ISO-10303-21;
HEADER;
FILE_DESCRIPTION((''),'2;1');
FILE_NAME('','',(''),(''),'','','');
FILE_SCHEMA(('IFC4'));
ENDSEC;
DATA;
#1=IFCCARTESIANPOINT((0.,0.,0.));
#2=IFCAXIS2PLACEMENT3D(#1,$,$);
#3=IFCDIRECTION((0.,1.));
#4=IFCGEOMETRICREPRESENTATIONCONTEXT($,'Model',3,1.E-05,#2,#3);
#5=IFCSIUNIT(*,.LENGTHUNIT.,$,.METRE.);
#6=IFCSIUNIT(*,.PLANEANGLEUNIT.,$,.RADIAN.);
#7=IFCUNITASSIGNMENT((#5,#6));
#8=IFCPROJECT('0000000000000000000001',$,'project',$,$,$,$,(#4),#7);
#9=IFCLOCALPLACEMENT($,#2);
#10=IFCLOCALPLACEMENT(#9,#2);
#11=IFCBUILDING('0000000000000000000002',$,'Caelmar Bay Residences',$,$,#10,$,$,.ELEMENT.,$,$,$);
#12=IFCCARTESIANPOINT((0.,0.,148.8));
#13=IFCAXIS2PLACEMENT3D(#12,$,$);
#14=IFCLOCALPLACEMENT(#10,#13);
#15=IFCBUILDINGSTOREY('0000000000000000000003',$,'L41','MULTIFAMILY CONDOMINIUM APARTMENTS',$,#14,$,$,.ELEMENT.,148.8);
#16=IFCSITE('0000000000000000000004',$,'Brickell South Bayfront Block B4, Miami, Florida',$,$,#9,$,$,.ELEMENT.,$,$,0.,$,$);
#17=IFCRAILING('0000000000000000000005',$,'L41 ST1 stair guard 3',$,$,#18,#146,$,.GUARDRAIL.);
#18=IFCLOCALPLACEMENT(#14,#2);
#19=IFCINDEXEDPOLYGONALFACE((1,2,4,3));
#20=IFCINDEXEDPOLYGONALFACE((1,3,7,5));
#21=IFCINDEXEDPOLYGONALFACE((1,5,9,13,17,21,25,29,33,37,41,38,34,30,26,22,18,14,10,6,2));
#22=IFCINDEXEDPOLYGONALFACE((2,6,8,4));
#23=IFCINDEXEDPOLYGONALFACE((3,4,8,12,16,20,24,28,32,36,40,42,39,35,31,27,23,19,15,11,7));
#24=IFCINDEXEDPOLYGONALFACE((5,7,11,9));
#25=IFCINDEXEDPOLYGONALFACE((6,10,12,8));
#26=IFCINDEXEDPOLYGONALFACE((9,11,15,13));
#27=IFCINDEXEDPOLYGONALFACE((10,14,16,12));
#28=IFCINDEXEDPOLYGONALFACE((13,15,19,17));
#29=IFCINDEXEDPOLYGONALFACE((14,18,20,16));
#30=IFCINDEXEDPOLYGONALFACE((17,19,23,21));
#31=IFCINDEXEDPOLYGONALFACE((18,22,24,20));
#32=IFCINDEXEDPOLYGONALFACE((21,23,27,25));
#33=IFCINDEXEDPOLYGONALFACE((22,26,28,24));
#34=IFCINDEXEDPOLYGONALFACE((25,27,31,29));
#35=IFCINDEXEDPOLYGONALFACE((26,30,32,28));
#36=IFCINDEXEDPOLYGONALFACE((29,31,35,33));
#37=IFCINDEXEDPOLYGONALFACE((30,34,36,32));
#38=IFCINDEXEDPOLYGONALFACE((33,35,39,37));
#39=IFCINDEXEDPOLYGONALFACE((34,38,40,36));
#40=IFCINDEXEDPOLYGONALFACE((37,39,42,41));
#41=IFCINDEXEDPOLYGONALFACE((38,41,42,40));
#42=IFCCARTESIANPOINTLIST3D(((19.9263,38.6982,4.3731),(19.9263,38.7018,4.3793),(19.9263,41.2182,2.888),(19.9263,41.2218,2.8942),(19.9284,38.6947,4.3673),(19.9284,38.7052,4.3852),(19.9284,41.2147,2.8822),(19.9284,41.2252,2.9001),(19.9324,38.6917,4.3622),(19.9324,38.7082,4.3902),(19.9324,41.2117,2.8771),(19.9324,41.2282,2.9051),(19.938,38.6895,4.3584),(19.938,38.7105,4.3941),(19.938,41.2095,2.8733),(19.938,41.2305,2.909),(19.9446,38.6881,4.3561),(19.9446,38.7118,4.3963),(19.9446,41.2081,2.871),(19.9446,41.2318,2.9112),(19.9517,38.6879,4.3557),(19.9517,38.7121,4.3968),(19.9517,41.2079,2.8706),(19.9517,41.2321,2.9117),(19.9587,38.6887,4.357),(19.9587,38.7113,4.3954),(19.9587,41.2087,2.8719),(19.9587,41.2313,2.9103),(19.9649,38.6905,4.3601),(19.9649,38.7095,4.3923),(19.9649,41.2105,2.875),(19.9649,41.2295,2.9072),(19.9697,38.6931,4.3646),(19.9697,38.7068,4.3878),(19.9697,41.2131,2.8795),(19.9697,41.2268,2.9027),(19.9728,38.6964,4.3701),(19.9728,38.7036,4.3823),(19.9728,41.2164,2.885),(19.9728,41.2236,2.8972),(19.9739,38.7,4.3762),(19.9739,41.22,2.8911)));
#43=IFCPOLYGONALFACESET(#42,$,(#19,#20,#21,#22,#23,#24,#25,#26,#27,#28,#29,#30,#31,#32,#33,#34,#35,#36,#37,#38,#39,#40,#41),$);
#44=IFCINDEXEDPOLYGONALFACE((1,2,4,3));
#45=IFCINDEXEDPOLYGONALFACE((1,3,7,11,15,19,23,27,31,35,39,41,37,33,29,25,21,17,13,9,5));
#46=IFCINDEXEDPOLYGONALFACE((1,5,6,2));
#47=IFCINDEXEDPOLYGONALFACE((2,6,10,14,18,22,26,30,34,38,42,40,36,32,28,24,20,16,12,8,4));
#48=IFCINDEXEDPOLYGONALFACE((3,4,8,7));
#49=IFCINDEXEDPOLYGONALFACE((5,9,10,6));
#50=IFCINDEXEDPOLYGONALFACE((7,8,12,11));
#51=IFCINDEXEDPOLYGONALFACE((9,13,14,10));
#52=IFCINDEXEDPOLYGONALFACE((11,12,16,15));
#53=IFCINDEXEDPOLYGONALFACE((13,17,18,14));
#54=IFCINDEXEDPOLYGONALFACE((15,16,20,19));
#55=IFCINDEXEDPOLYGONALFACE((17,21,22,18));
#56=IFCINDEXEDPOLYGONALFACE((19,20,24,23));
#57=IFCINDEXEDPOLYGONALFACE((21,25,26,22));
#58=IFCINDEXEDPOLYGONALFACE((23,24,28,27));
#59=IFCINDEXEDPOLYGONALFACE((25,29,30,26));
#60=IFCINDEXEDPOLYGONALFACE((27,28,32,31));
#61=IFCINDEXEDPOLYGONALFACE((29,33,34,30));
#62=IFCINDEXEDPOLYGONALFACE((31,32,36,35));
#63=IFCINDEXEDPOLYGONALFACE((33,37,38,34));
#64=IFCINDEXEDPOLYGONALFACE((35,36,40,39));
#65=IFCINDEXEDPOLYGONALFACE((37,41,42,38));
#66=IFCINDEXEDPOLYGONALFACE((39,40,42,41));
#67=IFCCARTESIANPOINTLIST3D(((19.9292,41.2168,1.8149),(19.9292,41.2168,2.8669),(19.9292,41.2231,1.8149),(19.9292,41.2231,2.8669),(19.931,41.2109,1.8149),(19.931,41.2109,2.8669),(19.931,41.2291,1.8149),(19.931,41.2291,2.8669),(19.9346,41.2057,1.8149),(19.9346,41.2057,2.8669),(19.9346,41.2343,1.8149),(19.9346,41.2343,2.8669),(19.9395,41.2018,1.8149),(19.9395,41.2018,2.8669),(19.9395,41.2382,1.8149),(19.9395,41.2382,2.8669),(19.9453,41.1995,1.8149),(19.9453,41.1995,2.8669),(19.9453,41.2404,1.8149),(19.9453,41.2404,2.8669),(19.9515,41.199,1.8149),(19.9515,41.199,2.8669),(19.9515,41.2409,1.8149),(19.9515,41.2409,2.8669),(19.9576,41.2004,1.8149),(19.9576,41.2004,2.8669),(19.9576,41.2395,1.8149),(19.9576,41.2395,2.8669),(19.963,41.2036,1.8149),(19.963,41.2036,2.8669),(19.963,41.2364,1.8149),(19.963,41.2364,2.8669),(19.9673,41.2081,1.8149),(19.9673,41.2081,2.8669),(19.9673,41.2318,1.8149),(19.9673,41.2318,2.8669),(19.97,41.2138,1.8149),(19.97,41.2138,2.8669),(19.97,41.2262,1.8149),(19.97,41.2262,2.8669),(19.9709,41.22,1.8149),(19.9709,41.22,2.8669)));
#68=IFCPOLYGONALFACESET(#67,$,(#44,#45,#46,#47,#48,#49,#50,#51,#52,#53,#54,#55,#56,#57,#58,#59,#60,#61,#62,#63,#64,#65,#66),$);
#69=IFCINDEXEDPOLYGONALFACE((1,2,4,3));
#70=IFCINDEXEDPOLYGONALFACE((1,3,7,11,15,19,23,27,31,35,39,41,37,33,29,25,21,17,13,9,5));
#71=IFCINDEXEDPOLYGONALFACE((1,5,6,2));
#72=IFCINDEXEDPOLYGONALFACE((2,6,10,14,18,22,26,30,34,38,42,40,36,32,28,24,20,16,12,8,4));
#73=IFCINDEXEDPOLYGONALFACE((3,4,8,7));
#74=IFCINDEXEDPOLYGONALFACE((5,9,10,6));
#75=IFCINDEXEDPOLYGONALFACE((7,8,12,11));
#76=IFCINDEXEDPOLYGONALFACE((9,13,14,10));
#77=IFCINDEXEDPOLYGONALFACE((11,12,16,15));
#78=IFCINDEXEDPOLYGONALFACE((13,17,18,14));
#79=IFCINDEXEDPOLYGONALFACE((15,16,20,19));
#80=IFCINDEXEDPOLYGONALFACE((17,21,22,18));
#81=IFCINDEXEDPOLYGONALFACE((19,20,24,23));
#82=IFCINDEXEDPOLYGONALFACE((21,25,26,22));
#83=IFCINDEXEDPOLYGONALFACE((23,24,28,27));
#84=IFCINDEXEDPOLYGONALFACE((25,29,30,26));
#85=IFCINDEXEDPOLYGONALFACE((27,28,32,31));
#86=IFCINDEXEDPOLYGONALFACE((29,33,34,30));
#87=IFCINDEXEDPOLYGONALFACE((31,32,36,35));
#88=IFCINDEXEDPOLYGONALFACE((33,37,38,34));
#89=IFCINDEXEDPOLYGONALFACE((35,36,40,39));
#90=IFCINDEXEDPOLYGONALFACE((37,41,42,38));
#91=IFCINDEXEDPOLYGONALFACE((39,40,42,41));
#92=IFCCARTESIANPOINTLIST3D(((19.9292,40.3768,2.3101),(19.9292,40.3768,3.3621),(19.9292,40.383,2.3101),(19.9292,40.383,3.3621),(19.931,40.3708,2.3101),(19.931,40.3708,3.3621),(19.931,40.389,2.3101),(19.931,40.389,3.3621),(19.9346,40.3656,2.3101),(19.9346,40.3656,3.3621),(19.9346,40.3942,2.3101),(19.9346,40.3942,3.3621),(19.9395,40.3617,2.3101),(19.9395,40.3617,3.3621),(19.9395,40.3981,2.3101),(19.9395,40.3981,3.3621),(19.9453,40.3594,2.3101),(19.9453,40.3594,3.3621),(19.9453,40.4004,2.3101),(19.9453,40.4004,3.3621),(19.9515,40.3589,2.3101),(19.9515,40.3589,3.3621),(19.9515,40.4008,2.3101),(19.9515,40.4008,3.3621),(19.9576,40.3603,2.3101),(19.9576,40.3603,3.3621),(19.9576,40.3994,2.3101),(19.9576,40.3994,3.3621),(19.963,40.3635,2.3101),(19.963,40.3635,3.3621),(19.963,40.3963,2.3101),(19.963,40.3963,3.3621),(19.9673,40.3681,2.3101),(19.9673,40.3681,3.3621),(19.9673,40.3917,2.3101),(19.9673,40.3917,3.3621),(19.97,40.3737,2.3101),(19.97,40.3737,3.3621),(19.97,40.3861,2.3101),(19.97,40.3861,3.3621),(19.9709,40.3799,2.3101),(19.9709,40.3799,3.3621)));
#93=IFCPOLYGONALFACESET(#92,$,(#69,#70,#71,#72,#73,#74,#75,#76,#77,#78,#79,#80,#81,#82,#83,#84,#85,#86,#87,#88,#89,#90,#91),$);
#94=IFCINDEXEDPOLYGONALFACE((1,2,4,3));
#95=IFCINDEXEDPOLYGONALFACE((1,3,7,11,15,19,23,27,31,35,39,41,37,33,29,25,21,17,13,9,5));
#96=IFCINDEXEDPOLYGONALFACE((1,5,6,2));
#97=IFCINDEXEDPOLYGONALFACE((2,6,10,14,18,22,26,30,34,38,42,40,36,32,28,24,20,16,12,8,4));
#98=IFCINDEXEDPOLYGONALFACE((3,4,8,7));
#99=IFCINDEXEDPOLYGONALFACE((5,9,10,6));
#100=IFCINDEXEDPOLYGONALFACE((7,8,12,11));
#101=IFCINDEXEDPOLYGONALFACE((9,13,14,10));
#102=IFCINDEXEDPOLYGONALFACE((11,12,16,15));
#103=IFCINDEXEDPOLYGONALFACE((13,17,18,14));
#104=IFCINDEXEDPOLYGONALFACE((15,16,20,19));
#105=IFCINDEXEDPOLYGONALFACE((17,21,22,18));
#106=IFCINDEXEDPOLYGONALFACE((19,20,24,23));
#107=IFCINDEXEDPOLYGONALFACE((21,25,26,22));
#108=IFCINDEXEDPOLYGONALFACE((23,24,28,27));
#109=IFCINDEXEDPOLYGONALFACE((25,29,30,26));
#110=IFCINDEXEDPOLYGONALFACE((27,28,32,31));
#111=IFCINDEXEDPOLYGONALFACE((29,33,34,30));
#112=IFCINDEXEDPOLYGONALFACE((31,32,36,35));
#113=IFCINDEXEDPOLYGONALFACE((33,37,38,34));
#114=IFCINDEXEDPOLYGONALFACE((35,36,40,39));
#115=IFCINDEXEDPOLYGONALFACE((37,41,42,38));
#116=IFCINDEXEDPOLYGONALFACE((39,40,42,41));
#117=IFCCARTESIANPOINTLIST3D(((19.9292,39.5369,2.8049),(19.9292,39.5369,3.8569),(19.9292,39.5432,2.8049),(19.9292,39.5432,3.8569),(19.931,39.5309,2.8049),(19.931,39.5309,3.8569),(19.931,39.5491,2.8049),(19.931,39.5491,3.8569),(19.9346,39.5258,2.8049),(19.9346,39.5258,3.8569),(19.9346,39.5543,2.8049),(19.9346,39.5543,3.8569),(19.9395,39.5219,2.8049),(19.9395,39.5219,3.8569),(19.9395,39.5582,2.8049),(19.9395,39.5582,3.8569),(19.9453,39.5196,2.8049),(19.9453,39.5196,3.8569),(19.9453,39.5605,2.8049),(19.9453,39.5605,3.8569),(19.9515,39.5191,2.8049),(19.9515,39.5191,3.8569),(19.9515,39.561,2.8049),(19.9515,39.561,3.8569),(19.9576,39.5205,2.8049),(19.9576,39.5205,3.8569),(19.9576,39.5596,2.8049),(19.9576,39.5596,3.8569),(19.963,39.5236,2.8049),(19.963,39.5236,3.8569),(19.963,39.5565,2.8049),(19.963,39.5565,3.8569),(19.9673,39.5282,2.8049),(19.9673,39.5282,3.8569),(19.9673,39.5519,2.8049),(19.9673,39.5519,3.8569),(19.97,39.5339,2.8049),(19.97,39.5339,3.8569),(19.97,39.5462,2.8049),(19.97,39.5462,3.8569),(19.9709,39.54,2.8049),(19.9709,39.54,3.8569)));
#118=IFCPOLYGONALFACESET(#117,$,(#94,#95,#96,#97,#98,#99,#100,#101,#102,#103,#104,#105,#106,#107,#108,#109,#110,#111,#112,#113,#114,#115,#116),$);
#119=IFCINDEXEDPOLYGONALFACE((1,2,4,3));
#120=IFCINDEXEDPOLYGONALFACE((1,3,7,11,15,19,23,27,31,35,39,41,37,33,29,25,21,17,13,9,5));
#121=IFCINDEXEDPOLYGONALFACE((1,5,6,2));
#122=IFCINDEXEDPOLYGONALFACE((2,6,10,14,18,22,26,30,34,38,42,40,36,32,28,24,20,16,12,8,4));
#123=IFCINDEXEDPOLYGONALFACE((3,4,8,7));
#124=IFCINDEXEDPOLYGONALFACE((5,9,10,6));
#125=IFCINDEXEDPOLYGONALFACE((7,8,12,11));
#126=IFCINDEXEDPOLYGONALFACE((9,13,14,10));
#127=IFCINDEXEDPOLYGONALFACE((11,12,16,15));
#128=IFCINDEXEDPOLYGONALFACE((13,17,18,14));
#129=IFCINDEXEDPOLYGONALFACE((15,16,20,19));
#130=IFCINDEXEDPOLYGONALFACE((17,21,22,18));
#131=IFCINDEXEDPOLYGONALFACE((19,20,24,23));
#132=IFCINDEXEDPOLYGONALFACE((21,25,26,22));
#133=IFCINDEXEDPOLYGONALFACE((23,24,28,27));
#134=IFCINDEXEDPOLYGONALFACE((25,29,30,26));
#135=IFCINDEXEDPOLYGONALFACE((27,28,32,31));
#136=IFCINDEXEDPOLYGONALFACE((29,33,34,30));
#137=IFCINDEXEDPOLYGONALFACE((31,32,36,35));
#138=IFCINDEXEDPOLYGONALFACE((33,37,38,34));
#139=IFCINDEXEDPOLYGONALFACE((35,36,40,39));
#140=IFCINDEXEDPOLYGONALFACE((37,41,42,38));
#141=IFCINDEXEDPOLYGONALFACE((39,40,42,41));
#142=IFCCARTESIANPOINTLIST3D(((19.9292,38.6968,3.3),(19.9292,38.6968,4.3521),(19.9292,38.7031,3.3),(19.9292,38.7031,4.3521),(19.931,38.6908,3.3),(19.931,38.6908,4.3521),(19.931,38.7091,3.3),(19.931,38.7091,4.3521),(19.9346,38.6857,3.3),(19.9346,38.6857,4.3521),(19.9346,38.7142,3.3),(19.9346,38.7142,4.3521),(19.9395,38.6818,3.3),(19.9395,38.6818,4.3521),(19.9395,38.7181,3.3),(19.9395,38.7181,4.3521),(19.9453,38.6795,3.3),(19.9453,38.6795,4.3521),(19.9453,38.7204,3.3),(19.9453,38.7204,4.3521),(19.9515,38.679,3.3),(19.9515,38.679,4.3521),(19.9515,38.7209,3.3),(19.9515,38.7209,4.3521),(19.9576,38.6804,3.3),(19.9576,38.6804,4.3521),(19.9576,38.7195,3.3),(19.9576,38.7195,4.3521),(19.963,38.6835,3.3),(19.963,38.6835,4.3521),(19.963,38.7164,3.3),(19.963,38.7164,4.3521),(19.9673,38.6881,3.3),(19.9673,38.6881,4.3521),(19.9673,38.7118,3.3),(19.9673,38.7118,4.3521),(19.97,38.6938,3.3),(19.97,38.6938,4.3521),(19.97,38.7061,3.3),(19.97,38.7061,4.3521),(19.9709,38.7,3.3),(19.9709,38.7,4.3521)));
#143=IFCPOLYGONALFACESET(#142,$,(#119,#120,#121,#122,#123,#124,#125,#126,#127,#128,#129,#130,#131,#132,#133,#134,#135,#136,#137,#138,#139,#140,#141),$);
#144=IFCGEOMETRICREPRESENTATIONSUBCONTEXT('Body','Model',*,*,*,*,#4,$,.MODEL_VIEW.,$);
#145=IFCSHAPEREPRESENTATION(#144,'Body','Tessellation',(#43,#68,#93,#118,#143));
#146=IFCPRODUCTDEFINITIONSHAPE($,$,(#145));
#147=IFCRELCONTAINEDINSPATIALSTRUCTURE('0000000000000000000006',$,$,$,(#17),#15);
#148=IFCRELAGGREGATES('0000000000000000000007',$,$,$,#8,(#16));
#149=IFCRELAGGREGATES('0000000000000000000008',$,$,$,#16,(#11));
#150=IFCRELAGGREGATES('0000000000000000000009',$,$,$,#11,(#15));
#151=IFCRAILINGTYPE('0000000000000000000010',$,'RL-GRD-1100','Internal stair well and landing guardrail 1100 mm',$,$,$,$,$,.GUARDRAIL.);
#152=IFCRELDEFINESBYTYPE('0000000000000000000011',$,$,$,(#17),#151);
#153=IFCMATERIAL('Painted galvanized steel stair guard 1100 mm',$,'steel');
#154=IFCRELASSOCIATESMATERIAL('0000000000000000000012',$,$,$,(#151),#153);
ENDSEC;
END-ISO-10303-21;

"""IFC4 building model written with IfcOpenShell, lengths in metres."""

from ifc_helpers import new_model, si_unit, direction, frame, origin, origin_2d, place, context, subcontext, project, spatial, circle, extrude, material, type_object, element, save


model = new_model("IFC4")

# Units and contexts
model_context = context("Model", 3, precision=1e-05, world=origin(), true_north=direction((0.0, 1.0)))
body_context = subcontext(model_context, "Body", "Model", "MODEL_VIEW")
ifc_project = project(units=[si_unit("LENGTHUNIT", "METRE"), si_unit("PLANEANGLEUNIT", "RADIAN")], contexts=[model_context])

# Site, building, storey
site_placement = place(None, origin())
site = spatial("IfcSite", under=ifc_project, at=site_placement, Name="Brickell South Bayfront Block B4, Miami, Florida", CompositionType="ELEMENT", RefElevation=0.0)
building_placement = place(site_placement, origin())
building = spatial("IfcBuilding", under=site, at=building_placement, Name="Caelmar Bay Residences", CompositionType="ELEMENT")
storey_placement = place(building_placement, frame((0.0, 0.0, 148.8)))
storey = spatial("IfcBuildingStorey", under=building, at=storey_placement, Name="L41", Description="MULTIFAMILY CONDOMINIUM APARTMENTS", CompositionType="ELEMENT", Elevation=148.8)

# Railing
ifc_material_1 = material(Name="Painted galvanized steel stair guard 1100 mm", Category="steel")
railing_type_1 = type_object("IfcRailingType", Name="RL-GRD-1100", Description="Internal stair well and landing guardrail 1100 mm", PredefinedType="GUARDRAIL", material=ifc_material_1)
railing_1_placement = place(storey_placement, frame((19.95, 41.22, 1.8149)))
element("IfcRailing", 1, at=railing_1_placement, inside=storey, type_object=railing_type_1, Name="L41 ST1 stair guard 3", PredefinedType="GUARDRAIL", context=body_context, shape_type="SweptSolid", body=[
    extrude(circle(Radius=0.0239, at=origin_2d()), frame((0.0, 0.0, 1.0762), z_axis=(0.0, -0.861524, 0.507717), x_axis=(1.0, 0.0, 0.0)), (0.0, 0.0, 1.0), 2.925),
    extrude(circle(Radius=0.021, at=origin_2d()), origin(), (0.0, 0.0, 1.0), 1.052),
    extrude(circle(Radius=0.021, at=origin_2d()), frame((0.0, -0.8401, 0.4951)), (0.0, 0.0, 1.0), 1.052),
    extrude(circle(Radius=0.021, at=origin_2d()), frame((0.0, -1.6799, 0.99)), (0.0, 0.0, 1.0), 1.052),
    extrude(circle(Radius=0.021, at=origin_2d()), frame((0.0, -2.52, 1.4851)), (0.0, 0.0, 1.0), 1.052),
])

save(model, "model.ifc")
